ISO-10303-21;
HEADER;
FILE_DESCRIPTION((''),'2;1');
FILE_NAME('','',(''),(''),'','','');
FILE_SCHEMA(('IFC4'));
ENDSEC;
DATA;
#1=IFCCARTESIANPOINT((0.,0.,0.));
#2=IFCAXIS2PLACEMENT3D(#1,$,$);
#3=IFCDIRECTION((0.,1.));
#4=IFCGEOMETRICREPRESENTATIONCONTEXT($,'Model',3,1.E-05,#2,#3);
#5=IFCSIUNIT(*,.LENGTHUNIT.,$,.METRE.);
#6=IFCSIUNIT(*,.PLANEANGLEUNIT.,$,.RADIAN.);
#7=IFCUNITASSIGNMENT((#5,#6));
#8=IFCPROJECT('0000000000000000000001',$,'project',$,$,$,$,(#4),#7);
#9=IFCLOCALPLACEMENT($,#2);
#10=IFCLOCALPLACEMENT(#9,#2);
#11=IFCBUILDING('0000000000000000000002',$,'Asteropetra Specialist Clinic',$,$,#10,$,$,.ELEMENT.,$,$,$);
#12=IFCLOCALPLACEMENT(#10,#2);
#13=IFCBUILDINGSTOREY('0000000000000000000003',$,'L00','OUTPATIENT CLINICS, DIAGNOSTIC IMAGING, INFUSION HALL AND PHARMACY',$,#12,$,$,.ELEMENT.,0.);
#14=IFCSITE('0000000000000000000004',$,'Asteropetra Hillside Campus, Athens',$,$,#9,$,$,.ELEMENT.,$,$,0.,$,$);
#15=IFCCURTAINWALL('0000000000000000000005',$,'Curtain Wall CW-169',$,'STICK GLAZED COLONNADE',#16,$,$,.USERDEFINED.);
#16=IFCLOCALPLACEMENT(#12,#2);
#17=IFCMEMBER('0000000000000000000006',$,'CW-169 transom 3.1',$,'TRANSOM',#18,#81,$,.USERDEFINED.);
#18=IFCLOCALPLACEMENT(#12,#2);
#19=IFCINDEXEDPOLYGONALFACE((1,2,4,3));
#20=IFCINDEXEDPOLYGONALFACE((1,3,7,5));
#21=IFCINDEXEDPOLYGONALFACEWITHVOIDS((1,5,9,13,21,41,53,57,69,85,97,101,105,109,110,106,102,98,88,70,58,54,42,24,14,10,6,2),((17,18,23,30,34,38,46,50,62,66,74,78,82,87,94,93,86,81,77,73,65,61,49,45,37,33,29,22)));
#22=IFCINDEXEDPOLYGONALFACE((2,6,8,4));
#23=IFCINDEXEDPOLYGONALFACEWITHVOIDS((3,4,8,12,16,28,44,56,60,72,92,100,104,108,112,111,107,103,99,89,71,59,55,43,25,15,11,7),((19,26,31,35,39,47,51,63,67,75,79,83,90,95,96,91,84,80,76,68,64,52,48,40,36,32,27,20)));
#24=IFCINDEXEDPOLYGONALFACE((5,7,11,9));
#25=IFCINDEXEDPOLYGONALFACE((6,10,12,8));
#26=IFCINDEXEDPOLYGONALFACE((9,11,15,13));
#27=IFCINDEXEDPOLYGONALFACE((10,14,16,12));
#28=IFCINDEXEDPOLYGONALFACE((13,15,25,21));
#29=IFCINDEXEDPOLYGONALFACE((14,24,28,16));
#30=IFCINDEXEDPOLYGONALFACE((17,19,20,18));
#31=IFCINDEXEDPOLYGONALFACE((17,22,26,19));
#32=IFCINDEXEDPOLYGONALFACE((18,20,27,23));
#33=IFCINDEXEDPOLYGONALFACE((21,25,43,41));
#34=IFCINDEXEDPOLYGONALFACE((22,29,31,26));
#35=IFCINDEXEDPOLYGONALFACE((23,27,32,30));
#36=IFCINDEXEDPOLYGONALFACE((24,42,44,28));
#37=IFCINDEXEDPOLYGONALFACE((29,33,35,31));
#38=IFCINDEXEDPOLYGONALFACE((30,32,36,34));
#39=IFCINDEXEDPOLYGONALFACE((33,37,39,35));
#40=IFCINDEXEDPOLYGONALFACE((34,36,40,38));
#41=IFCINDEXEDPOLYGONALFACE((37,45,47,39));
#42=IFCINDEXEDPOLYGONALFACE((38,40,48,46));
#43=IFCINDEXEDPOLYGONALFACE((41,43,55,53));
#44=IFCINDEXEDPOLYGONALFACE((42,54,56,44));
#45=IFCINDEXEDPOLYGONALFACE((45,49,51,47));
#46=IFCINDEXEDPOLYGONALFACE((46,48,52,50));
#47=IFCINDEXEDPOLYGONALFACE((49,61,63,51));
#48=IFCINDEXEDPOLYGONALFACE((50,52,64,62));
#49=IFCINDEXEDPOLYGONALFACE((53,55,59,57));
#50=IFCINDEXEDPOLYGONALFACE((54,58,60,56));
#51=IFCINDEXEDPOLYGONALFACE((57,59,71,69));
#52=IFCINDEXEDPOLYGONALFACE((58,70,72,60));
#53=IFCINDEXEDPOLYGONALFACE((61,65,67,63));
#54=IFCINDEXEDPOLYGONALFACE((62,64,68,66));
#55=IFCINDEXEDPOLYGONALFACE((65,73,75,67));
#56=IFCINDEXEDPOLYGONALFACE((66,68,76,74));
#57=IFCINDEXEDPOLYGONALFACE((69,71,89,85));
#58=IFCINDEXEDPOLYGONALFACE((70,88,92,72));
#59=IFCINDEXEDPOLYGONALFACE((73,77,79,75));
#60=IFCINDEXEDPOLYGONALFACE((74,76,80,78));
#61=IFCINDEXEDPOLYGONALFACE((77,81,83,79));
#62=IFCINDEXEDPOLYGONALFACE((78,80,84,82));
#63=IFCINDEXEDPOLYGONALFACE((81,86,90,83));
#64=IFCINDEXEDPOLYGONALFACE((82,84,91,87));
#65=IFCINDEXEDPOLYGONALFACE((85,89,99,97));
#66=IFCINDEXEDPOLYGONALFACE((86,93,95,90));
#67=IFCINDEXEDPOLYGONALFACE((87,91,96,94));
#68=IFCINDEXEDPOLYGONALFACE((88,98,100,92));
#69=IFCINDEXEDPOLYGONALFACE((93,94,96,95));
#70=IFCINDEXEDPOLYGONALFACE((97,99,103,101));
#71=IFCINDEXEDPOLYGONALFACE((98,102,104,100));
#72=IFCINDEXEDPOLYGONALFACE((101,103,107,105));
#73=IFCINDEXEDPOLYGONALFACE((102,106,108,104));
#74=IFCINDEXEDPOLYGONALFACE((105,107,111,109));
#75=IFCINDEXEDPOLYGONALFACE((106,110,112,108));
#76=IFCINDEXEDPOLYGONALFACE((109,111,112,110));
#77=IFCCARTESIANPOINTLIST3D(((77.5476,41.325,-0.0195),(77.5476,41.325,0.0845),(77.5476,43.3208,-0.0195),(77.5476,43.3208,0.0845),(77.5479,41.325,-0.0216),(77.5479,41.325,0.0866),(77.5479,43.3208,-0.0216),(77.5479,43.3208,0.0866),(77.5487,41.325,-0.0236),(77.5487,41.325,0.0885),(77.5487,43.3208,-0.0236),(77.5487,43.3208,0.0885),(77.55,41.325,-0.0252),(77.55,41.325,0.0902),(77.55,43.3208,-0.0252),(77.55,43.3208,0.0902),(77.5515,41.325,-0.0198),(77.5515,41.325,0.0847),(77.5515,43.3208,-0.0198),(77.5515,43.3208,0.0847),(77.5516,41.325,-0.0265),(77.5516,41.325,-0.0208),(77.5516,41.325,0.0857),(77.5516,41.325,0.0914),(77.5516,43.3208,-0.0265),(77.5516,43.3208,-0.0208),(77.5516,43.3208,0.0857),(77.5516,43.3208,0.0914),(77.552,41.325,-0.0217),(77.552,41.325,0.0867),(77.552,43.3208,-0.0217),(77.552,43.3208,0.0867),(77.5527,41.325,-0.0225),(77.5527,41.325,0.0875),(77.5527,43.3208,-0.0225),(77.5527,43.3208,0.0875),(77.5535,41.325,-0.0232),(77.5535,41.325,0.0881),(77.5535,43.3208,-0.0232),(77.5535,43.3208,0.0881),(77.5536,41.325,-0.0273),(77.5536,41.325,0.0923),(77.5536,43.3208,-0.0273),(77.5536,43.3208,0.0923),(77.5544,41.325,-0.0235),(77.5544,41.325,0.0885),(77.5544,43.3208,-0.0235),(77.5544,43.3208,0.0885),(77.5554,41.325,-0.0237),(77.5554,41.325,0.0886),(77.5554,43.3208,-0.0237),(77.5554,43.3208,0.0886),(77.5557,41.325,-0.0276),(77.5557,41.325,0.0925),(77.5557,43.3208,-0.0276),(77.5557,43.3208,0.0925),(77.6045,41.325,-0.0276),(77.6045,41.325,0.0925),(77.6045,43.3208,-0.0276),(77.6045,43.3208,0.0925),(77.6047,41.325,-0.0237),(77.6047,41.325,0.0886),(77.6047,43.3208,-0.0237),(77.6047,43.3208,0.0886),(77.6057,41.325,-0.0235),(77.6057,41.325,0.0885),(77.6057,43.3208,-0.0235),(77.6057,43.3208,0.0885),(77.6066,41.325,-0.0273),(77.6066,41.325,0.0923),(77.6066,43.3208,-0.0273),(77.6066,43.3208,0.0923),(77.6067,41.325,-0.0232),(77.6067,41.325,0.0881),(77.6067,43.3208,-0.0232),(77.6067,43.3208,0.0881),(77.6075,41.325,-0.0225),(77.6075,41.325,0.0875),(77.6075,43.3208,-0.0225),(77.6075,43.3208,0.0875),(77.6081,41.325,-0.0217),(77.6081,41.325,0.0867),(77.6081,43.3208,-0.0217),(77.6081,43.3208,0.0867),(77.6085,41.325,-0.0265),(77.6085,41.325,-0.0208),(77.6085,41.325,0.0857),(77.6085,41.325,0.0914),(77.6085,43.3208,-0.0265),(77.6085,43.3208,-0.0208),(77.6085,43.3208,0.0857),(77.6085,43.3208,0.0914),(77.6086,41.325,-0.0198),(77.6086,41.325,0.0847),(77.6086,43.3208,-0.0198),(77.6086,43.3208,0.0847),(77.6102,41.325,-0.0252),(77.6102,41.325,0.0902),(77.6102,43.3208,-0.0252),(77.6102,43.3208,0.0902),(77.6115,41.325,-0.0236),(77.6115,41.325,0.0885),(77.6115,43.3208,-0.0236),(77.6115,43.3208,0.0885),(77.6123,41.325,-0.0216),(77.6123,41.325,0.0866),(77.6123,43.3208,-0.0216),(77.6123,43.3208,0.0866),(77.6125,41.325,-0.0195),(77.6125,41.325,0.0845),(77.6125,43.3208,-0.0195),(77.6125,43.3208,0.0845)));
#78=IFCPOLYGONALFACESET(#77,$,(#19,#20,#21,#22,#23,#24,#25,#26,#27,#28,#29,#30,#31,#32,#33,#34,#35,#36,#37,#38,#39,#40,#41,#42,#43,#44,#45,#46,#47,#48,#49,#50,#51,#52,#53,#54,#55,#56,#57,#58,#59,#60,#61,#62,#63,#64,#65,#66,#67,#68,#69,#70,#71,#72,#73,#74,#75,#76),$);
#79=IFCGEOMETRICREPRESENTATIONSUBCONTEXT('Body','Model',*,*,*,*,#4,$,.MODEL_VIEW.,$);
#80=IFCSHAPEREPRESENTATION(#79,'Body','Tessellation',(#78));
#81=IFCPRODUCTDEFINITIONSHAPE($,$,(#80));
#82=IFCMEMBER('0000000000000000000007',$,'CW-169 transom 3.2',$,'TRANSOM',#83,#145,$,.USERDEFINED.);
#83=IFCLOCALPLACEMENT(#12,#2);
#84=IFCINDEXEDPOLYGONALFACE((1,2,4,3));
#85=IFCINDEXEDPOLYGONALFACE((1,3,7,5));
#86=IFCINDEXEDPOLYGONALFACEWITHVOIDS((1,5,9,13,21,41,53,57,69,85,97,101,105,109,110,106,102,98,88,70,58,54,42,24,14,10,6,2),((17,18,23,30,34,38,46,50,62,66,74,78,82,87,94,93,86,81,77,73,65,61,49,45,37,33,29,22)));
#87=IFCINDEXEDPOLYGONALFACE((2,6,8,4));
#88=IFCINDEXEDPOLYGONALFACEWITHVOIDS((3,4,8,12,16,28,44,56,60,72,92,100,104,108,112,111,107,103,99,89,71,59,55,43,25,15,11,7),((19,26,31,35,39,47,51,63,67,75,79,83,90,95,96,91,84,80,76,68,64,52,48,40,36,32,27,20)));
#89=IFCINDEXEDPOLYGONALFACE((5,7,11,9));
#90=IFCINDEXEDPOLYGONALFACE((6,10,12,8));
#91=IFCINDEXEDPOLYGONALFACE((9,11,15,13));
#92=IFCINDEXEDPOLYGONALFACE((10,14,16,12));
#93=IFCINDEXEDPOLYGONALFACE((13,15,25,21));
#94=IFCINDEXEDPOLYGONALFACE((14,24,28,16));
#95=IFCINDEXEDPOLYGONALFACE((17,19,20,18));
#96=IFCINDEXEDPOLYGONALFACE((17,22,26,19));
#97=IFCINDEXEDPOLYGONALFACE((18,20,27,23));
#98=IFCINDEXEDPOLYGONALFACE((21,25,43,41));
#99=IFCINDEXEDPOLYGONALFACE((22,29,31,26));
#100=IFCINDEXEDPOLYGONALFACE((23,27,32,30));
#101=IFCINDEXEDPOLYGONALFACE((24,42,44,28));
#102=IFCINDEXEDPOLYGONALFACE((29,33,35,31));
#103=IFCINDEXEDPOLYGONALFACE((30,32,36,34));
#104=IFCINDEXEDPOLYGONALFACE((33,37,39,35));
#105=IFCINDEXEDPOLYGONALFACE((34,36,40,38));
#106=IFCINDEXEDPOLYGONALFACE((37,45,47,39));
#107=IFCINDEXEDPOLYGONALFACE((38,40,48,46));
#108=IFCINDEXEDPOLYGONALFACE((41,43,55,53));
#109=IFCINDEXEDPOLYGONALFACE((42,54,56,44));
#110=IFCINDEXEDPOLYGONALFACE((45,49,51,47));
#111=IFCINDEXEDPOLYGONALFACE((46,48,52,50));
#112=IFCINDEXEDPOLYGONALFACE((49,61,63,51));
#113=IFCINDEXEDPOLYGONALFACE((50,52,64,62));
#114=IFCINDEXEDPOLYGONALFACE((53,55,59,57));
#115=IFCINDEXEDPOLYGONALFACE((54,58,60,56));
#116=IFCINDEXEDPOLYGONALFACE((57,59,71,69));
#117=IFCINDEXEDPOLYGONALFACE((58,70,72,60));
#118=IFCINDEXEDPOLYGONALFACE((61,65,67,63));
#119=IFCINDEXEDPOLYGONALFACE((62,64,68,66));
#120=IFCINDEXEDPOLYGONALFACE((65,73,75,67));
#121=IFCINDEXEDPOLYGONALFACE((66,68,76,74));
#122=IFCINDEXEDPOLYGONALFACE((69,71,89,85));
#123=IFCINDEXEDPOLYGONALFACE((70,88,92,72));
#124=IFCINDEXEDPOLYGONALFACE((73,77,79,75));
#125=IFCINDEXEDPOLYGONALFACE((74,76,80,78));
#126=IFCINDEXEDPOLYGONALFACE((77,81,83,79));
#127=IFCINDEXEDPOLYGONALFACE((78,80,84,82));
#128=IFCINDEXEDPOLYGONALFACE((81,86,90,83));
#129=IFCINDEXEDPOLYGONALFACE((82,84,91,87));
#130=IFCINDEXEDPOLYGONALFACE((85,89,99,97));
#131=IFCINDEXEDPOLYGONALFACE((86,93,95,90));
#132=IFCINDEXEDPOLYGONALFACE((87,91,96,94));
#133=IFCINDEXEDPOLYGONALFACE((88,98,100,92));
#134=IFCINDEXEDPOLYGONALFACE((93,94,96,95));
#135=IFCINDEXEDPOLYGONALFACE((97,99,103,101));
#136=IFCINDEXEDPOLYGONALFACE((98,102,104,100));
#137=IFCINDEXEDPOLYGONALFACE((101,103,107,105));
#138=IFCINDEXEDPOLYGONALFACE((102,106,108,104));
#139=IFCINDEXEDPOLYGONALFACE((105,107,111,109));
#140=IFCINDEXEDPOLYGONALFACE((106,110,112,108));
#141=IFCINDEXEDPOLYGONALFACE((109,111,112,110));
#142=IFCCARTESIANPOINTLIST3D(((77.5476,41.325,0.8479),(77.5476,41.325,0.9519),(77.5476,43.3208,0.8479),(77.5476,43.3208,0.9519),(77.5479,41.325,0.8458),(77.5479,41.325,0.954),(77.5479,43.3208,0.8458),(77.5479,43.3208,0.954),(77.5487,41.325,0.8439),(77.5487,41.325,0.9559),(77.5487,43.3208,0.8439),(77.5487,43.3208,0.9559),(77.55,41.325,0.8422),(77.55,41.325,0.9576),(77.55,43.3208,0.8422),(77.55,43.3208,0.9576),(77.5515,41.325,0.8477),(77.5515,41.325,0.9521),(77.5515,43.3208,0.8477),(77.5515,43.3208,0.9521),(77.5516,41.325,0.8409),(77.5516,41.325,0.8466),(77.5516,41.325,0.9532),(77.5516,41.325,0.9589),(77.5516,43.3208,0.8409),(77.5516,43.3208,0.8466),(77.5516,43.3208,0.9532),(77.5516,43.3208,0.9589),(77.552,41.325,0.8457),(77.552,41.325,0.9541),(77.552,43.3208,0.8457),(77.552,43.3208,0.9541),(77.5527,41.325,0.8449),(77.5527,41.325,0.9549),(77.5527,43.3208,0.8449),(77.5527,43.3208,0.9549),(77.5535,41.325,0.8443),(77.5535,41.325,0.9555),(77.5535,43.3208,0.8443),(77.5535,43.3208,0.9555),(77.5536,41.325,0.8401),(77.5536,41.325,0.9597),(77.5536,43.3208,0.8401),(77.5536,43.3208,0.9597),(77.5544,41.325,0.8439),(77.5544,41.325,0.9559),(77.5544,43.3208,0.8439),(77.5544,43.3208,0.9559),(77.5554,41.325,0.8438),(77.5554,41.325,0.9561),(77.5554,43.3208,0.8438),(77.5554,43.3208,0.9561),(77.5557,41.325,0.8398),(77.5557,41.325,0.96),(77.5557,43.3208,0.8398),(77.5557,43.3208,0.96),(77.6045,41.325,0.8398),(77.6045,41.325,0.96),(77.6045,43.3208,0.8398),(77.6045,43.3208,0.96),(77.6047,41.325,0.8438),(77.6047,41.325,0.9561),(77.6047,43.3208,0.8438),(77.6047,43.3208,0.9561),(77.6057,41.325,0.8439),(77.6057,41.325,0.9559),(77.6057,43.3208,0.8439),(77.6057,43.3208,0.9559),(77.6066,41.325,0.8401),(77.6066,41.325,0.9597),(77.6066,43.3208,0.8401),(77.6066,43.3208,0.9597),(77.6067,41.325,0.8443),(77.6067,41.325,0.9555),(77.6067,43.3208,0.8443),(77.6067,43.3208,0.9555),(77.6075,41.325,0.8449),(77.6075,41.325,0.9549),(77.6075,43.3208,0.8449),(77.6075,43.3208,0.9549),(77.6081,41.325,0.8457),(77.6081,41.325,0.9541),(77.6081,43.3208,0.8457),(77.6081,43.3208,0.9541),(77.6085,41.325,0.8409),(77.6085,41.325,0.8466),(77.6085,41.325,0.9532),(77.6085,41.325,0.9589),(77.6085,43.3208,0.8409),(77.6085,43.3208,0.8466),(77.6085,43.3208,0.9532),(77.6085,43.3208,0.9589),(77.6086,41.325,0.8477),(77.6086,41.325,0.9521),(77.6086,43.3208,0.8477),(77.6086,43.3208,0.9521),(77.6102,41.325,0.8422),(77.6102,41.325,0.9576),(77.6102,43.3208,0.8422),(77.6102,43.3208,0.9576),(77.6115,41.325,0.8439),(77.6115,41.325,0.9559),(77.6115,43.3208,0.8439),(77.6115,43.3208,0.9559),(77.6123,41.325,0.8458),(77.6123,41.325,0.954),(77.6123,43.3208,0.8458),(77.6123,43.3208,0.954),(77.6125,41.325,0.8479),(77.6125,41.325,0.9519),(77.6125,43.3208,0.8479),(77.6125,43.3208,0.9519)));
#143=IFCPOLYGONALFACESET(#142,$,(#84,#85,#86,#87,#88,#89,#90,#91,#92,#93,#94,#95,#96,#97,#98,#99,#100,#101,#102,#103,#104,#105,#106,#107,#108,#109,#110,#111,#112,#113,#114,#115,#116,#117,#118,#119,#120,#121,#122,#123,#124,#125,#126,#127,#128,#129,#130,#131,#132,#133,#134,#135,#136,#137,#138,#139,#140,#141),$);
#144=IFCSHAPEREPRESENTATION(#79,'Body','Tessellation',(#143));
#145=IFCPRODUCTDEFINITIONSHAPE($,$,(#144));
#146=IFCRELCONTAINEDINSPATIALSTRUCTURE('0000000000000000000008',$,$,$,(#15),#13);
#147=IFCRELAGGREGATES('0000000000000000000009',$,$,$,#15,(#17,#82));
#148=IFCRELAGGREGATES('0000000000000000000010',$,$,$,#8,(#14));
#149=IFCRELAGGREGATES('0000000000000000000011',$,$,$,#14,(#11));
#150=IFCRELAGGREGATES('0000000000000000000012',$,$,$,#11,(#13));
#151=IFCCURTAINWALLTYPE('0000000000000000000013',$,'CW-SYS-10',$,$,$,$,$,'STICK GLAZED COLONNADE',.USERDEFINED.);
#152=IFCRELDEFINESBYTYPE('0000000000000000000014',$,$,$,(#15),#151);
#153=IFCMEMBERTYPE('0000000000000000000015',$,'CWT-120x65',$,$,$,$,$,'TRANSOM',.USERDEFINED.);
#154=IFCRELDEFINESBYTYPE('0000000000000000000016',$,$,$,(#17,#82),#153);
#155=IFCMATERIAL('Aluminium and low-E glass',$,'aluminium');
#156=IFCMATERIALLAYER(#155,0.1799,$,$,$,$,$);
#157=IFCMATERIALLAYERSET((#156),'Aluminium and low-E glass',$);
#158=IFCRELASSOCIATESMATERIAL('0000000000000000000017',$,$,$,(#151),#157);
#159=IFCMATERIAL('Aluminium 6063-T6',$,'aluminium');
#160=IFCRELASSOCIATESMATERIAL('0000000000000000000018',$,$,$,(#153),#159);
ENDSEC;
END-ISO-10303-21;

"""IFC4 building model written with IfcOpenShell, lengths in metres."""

from ifc_helpers import new_model, si_unit, direction, frame, origin, origin_2d, place, context, subcontext, project, spatial, hollow_rectangle, extrude, material, layer, layer_set, material_profile, profile_set, type_object, element, aggregate, save


model = new_model("IFC4")

# Units and contexts
model_context = context("Model", 3, precision=1e-05, world=origin(), true_north=direction((0.0, 1.0)))
body_context = subcontext(model_context, "Body", "Model", "MODEL_VIEW")
ifc_project = project(units=[si_unit("LENGTHUNIT", "METRE"), si_unit("PLANEANGLEUNIT", "RADIAN")], contexts=[model_context])

# Site, building, storey
site_placement = place(None, origin())
site = spatial("IfcSite", under=ifc_project, at=site_placement, Name="Asteropetra Hillside Campus, Athens", CompositionType="ELEMENT", RefElevation=0.0)
building_placement = place(site_placement, origin())
building = spatial("IfcBuilding", under=site, at=building_placement, Name="Asteropetra Specialist Clinic", CompositionType="ELEMENT")
storey_placement = place(building_placement, origin())
storey = spatial("IfcBuildingStorey", under=building, at=storey_placement, Name="L00", Description="OUTPATIENT CLINICS, DIAGNOSTIC IMAGING, INFUSION HALL AND PHARMACY", CompositionType="ELEMENT", Elevation=0.0)

# Curtain wall, members
ifc_material_1 = material(Name="Aluminium and low-E glass", Category="aluminium")
ifc_layer_1 = layer(ifc_material_1, 0.1799)
ifc_layer_set_1 = layer_set([ifc_layer_1], Name="Aluminium and low-E glass")
curtain_wall_type = type_object("IfcCurtainWallType", Name="CW-SYS-10", ElementType="STICK GLAZED COLONNADE", PredefinedType="USERDEFINED", material=ifc_layer_set_1)
curtain_wall_placement = place(storey_placement, origin())
curtain_wall = element("IfcCurtainWall", 1, at=curtain_wall_placement, inside=storey, type_object=curtain_wall_type, Name="Curtain Wall CW-169", ObjectType="STICK GLAZED COLONNADE", PredefinedType="USERDEFINED")
ifc_material_2 = material(Name="Aluminium 6063-T6", Category="aluminium")
ifc_material_profile_1 = material_profile(ifc_material_2, hollow_rectangle(XDim=0.0649, YDim=0.1201, WallThickness=0.0039, InnerFilletRadius=0.0039, OuterFilletRadius=0.0081, at=origin_2d()), Name="TRN 120x65x4.0")
ifc_profile_set_1 = profile_set([ifc_material_profile_1], Name="Aluminium 6063-T6")
member_type_1 = type_object("IfcMemberType", Name="CWT-120x65", ElementType="TRANSOM", PredefinedType="USERDEFINED", material=ifc_profile_set_1)
member_1_placement = place(storey_placement, frame((77.5801, 43.3208, 0.0325), z_axis=(0.0, -1.0, 0.0), x_axis=(1.0, 0.0, 0.0)))
member_1 = element("IfcMember", 2, at=member_1_placement, type_object=member_type_1, Name="CW-169 transom 3.1", ObjectType="TRANSOM", PredefinedType="USERDEFINED", context=body_context, shape_type="SweptSolid", body=[
    extrude(hollow_rectangle(XDim=0.0649, YDim=0.1201, WallThickness=0.0039, InnerFilletRadius=0.0039, OuterFilletRadius=0.0081, at=origin_2d()), origin(), (0.0, 0.0, 1.0), 1.9958),
])
member_2_placement = place(storey_placement, frame((77.5801, 43.3208, 0.8999), z_axis=(0.0, -1.0, 0.0), x_axis=(1.0, 0.0, 0.0)))
member_2 = element("IfcMember", 3, at=member_2_placement, type_object=member_type_1, Name="CW-169 transom 3.2", ObjectType="TRANSOM", PredefinedType="USERDEFINED", context=body_context, shape_type="SweptSolid", body=[
    extrude(hollow_rectangle(XDim=0.0649, YDim=0.1201, WallThickness=0.0039, InnerFilletRadius=0.0039, OuterFilletRadius=0.0081, at=origin_2d()), origin(), (0.0, 0.0, 1.0), 1.9958),
])
aggregate(curtain_wall, [member_1, member_2])

save(model, "model.ifc")
